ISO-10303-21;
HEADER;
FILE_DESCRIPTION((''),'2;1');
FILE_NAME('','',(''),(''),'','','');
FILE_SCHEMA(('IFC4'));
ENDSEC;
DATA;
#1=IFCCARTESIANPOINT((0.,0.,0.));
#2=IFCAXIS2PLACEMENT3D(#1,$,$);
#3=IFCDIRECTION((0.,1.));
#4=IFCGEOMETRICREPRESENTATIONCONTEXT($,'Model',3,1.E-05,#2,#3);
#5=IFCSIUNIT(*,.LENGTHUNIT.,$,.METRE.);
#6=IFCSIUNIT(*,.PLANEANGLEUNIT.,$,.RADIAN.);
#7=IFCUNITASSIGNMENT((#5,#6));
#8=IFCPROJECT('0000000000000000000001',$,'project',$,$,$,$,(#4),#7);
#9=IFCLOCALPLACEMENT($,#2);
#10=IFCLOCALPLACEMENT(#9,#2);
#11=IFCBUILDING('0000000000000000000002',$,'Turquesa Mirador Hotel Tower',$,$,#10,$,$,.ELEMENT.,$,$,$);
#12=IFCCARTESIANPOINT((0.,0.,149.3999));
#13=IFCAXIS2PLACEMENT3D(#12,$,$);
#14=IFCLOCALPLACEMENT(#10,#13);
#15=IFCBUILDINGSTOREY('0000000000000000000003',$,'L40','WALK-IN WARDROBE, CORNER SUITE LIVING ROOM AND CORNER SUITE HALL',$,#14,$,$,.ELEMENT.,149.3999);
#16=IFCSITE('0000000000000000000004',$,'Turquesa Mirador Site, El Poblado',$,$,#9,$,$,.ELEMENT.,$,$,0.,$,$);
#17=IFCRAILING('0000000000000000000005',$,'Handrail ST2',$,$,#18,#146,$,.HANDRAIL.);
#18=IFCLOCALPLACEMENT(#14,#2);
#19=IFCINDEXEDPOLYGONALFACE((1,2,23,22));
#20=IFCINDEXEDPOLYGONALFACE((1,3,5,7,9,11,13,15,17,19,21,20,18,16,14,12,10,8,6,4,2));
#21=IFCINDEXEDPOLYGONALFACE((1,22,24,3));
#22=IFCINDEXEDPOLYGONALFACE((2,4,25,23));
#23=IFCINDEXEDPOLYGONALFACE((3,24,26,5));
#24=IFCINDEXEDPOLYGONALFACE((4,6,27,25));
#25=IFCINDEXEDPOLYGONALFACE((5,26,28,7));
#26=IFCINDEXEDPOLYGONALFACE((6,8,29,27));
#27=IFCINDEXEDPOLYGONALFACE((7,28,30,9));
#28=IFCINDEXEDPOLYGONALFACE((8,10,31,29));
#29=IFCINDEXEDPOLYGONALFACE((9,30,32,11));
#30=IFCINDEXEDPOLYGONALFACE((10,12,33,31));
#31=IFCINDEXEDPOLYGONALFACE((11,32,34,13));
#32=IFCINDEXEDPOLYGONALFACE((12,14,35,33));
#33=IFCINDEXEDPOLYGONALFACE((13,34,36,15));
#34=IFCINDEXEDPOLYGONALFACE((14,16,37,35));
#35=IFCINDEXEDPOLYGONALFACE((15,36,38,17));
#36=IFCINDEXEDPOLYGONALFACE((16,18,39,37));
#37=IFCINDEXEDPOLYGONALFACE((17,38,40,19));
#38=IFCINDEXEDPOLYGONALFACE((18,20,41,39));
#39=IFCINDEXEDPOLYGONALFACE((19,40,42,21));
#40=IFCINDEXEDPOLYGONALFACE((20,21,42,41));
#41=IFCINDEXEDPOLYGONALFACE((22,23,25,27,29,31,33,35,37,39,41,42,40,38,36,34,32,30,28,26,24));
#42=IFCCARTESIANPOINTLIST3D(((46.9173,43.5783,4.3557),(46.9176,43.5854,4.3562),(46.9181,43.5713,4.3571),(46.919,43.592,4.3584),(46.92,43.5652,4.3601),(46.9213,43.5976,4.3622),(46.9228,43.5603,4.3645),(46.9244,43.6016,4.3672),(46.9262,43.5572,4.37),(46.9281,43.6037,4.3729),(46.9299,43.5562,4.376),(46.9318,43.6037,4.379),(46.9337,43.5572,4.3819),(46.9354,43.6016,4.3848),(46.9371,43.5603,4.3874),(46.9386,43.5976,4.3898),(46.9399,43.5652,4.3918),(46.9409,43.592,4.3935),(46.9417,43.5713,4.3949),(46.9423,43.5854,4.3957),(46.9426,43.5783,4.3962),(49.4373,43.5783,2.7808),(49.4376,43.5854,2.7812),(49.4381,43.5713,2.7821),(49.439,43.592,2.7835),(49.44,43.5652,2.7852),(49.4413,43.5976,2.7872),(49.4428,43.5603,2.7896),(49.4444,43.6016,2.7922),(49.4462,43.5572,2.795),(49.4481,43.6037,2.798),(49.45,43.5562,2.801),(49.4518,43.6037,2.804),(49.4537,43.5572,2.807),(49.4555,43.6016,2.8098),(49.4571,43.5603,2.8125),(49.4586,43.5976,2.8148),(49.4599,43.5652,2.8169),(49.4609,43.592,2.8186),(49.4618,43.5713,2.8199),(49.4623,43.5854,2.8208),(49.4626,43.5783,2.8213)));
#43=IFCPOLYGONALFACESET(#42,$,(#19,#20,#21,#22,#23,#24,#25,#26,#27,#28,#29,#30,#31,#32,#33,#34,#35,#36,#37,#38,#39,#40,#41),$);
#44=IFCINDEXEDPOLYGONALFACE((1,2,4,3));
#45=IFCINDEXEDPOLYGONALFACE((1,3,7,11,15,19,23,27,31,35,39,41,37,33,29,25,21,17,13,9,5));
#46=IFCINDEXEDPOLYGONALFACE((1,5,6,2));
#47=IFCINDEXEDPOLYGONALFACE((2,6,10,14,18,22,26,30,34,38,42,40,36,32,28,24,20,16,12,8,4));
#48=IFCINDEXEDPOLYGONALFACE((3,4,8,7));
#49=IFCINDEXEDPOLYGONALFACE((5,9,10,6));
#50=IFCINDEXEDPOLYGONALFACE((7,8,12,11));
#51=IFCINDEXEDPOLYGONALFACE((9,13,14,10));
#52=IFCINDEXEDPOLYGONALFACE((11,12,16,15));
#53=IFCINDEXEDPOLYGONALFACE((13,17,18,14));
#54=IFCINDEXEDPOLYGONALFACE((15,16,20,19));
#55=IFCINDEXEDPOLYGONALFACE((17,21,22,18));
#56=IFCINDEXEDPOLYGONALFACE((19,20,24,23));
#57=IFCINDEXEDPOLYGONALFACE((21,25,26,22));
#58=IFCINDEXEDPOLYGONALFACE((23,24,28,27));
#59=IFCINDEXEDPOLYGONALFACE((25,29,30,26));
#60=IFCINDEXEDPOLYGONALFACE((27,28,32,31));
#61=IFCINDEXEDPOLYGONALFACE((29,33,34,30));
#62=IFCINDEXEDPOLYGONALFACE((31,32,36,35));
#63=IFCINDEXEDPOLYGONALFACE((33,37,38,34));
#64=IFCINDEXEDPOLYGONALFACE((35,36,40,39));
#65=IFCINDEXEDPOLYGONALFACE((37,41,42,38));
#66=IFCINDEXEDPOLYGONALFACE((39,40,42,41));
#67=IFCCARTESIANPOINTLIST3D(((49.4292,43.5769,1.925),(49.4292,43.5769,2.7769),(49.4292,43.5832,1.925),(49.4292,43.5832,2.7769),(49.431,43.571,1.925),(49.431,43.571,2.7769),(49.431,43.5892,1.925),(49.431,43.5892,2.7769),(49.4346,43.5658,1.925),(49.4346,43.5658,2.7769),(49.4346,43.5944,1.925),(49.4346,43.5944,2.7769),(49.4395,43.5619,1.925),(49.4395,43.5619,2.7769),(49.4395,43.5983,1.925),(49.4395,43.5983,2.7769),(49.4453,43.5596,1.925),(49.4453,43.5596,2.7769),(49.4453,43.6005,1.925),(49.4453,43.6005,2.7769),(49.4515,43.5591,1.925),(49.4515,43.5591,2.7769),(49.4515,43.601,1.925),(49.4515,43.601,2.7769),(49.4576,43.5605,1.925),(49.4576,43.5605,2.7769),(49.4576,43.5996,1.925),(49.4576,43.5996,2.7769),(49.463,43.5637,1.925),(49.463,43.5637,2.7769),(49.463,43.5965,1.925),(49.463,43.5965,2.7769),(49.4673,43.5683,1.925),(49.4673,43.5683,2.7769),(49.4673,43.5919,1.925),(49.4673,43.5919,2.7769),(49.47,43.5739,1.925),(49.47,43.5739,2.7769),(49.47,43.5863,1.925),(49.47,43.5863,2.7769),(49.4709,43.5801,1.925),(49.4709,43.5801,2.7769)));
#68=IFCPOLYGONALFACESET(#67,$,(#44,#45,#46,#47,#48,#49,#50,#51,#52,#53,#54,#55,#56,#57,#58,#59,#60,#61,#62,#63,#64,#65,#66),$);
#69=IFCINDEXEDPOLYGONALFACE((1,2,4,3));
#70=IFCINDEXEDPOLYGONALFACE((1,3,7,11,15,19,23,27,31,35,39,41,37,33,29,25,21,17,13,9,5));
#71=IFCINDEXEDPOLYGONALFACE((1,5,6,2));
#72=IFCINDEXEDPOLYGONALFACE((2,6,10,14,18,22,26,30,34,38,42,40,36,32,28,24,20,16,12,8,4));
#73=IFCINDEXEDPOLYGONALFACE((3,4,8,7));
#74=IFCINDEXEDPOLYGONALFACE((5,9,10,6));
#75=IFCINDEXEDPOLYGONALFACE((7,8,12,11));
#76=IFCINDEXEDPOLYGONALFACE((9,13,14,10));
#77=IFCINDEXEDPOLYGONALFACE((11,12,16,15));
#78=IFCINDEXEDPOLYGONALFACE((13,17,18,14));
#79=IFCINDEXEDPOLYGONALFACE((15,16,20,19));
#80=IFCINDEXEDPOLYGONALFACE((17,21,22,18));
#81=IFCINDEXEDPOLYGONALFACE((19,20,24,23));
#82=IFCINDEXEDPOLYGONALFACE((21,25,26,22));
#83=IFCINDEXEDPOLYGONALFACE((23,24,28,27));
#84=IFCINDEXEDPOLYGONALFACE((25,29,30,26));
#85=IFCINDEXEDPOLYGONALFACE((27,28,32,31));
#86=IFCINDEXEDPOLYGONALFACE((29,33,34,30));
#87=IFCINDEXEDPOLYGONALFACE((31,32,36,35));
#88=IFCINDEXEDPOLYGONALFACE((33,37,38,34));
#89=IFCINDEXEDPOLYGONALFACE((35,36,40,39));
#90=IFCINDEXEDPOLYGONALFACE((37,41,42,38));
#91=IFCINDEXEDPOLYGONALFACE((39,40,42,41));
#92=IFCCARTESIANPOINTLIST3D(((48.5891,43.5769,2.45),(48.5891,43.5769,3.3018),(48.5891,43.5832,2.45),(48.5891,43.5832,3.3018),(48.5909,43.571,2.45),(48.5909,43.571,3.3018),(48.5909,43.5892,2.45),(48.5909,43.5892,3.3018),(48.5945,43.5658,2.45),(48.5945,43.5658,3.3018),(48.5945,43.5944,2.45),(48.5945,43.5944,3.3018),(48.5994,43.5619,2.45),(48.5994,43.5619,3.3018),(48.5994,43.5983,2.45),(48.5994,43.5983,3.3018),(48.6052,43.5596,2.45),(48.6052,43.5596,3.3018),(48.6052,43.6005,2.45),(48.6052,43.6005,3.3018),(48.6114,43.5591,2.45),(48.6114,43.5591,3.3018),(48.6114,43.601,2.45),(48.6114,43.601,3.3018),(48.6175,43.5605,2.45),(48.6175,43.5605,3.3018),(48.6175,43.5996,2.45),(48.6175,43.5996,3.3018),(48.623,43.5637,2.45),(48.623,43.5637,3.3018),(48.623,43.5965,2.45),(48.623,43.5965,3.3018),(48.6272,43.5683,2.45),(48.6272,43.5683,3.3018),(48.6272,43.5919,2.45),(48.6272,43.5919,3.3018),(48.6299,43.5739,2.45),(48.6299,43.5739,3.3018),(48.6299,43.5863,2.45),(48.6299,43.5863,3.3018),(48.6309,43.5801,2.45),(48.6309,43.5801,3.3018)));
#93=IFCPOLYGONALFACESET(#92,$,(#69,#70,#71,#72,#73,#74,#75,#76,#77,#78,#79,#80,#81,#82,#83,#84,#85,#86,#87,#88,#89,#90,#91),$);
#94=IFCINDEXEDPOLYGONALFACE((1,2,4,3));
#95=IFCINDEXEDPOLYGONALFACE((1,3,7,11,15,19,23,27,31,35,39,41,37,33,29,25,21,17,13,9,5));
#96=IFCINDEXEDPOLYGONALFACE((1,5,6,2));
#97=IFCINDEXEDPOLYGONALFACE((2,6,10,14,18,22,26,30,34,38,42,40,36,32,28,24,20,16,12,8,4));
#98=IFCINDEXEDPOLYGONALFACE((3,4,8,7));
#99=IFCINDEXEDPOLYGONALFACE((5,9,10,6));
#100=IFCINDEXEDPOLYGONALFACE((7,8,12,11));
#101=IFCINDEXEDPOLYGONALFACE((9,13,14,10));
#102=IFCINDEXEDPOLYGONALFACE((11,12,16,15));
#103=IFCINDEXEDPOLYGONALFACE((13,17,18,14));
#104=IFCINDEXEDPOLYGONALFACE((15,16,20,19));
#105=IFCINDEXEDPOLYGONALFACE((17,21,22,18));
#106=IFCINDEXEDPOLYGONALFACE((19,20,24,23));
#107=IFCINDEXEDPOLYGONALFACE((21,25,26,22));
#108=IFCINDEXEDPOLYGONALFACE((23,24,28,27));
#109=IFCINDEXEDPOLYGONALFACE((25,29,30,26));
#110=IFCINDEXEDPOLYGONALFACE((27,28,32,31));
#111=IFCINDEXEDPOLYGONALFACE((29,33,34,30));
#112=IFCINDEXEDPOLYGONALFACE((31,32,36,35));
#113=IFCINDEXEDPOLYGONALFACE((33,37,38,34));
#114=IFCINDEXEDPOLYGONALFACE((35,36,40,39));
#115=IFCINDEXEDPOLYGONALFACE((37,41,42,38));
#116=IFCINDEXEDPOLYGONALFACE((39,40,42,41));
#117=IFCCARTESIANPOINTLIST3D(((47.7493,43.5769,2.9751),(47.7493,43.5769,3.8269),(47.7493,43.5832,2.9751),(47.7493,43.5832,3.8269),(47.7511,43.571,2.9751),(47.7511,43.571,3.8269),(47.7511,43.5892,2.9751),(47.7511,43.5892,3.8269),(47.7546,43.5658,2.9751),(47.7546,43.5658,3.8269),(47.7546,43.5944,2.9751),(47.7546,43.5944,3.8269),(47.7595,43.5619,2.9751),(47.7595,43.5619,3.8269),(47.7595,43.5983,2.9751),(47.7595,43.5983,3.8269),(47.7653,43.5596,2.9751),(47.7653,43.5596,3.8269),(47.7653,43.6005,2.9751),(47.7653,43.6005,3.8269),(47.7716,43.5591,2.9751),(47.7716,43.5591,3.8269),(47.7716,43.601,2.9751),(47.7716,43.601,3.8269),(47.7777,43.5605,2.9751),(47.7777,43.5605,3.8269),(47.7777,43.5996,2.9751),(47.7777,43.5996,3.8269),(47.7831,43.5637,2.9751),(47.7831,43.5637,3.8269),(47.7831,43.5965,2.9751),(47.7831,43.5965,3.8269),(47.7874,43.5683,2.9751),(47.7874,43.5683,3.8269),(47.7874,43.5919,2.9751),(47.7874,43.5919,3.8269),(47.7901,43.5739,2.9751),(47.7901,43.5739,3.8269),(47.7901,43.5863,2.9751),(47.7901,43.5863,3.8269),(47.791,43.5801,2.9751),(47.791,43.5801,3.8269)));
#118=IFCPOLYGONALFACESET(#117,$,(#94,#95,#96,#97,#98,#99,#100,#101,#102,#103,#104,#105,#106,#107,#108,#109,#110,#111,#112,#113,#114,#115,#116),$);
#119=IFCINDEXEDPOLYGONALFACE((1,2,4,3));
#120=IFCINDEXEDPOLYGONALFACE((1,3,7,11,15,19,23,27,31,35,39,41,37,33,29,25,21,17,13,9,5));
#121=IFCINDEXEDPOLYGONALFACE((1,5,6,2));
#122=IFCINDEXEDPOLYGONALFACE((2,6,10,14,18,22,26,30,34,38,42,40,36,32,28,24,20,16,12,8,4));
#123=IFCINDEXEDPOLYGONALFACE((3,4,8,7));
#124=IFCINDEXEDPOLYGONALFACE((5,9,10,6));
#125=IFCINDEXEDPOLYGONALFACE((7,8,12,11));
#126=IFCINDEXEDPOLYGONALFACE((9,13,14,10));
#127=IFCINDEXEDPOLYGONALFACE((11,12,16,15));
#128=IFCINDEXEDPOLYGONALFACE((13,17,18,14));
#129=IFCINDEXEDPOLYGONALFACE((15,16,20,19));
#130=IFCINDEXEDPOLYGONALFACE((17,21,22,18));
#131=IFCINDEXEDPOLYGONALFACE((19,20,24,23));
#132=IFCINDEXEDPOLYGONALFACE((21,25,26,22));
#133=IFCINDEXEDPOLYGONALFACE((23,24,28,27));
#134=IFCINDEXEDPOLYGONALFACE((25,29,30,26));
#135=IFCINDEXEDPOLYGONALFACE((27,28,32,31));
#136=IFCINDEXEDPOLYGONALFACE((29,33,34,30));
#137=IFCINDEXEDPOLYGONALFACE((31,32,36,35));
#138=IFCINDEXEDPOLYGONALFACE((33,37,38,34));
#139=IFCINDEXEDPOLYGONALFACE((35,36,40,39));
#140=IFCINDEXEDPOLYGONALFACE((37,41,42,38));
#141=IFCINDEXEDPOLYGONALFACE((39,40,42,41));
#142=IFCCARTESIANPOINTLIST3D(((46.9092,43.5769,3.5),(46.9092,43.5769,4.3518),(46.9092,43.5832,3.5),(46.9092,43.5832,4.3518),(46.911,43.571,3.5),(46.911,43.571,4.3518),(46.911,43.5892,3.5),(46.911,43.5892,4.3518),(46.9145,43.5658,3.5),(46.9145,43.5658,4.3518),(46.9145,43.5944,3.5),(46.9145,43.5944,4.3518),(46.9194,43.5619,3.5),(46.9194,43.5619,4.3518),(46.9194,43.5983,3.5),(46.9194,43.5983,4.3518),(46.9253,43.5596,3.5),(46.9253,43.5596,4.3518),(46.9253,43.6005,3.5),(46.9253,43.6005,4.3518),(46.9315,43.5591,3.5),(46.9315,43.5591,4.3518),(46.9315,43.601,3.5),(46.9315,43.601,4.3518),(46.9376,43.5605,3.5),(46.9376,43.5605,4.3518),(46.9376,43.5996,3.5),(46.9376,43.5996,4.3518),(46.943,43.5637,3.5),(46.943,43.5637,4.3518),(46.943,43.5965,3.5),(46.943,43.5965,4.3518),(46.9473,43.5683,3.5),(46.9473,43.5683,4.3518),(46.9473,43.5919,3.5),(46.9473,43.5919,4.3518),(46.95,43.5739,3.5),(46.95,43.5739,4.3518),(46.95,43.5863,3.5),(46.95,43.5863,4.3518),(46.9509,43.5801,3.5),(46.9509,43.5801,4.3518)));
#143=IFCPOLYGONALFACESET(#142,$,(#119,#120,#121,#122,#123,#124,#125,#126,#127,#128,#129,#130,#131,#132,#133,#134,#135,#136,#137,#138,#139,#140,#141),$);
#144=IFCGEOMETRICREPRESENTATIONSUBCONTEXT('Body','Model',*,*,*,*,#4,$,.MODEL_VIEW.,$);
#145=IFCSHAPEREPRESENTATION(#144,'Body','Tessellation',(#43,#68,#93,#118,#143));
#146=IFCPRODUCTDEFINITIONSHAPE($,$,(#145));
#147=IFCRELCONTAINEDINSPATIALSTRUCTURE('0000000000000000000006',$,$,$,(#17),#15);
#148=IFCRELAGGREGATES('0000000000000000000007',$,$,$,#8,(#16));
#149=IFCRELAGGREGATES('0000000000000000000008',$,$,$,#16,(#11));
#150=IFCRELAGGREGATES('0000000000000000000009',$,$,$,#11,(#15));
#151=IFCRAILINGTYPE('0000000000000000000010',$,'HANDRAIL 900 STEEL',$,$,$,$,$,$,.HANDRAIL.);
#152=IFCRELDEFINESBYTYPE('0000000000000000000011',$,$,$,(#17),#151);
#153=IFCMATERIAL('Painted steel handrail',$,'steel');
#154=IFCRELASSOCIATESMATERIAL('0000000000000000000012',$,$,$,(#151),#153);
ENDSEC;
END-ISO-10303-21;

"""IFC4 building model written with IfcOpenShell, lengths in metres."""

from ifc_helpers import new_model, si_unit, direction, frame, origin, origin_2d, place, context, subcontext, project, spatial, circle, extrude, material, type_object, element, save


model = new_model("IFC4")

# Units and contexts
model_context = context("Model", 3, precision=1e-05, world=origin(), true_north=direction((0.0, 1.0)))
body_context = subcontext(model_context, "Body", "Model", "MODEL_VIEW")
ifc_project = project(units=[si_unit("LENGTHUNIT", "METRE"), si_unit("PLANEANGLEUNIT", "RADIAN")], contexts=[model_context])

# Site, building, storey
site_placement = place(None, origin())
site = spatial("IfcSite", under=ifc_project, at=site_placement, Name="Turquesa Mirador Site, El Poblado", CompositionType="ELEMENT", RefElevation=0.0)
building_placement = place(site_placement, origin())
building = spatial("IfcBuilding", under=site, at=building_placement, Name="Turquesa Mirador Hotel Tower", CompositionType="ELEMENT")
storey_placement = place(building_placement, frame((0.0, 0.0, 149.3999)))
storey = spatial("IfcBuildingStorey", under=building, at=storey_placement, Name="L40", Description="WALK-IN WARDROBE, CORNER SUITE LIVING ROOM AND CORNER SUITE HALL", CompositionType="ELEMENT", Elevation=149.3999)

# Railing
ifc_material_1 = material(Name="Painted steel handrail", Category="steel")
railing_type = type_object("IfcRailingType", Name="HANDRAIL 900 STEEL", PredefinedType="HANDRAIL", material=ifc_material_1)
railing_1_placement = place(storey_placement, frame((49.45, 43.5801, 1.925)))
element("IfcRailing", 1, at=railing_1_placement, inside=storey, type_object=railing_type, Name="Handrail ST2", PredefinedType="HANDRAIL", context=body_context, shape_type="SweptSolid", body=[
    extrude(circle(Radius=0.0239, at=origin_2d()), frame((0.0, 0.0, 0.876), z_axis=(-0.848008, 0.0, 0.529984), x_axis=(0.0, -1.0, 0.0)), (0.0, 0.0, 1.0), 2.9717),
    extrude(circle(Radius=0.021, at=origin_2d()), origin(), (0.0, 0.0, 1.0), 0.8518),
    extrude(circle(Radius=0.021, at=origin_2d()), frame((-0.8401, 0.0, 0.5249)), (0.0, 0.0, 1.0), 0.8518),
    extrude(circle(Radius=0.021, at=origin_2d()), frame((-1.6799, 0.0, 1.05)), (0.0, 0.0, 1.0), 0.8518),
    extrude(circle(Radius=0.021, at=origin_2d()), frame((-2.52, 0.0, 1.575)), (0.0, 0.0, 1.0), 0.8518),
])

save(model, "model.ifc")
